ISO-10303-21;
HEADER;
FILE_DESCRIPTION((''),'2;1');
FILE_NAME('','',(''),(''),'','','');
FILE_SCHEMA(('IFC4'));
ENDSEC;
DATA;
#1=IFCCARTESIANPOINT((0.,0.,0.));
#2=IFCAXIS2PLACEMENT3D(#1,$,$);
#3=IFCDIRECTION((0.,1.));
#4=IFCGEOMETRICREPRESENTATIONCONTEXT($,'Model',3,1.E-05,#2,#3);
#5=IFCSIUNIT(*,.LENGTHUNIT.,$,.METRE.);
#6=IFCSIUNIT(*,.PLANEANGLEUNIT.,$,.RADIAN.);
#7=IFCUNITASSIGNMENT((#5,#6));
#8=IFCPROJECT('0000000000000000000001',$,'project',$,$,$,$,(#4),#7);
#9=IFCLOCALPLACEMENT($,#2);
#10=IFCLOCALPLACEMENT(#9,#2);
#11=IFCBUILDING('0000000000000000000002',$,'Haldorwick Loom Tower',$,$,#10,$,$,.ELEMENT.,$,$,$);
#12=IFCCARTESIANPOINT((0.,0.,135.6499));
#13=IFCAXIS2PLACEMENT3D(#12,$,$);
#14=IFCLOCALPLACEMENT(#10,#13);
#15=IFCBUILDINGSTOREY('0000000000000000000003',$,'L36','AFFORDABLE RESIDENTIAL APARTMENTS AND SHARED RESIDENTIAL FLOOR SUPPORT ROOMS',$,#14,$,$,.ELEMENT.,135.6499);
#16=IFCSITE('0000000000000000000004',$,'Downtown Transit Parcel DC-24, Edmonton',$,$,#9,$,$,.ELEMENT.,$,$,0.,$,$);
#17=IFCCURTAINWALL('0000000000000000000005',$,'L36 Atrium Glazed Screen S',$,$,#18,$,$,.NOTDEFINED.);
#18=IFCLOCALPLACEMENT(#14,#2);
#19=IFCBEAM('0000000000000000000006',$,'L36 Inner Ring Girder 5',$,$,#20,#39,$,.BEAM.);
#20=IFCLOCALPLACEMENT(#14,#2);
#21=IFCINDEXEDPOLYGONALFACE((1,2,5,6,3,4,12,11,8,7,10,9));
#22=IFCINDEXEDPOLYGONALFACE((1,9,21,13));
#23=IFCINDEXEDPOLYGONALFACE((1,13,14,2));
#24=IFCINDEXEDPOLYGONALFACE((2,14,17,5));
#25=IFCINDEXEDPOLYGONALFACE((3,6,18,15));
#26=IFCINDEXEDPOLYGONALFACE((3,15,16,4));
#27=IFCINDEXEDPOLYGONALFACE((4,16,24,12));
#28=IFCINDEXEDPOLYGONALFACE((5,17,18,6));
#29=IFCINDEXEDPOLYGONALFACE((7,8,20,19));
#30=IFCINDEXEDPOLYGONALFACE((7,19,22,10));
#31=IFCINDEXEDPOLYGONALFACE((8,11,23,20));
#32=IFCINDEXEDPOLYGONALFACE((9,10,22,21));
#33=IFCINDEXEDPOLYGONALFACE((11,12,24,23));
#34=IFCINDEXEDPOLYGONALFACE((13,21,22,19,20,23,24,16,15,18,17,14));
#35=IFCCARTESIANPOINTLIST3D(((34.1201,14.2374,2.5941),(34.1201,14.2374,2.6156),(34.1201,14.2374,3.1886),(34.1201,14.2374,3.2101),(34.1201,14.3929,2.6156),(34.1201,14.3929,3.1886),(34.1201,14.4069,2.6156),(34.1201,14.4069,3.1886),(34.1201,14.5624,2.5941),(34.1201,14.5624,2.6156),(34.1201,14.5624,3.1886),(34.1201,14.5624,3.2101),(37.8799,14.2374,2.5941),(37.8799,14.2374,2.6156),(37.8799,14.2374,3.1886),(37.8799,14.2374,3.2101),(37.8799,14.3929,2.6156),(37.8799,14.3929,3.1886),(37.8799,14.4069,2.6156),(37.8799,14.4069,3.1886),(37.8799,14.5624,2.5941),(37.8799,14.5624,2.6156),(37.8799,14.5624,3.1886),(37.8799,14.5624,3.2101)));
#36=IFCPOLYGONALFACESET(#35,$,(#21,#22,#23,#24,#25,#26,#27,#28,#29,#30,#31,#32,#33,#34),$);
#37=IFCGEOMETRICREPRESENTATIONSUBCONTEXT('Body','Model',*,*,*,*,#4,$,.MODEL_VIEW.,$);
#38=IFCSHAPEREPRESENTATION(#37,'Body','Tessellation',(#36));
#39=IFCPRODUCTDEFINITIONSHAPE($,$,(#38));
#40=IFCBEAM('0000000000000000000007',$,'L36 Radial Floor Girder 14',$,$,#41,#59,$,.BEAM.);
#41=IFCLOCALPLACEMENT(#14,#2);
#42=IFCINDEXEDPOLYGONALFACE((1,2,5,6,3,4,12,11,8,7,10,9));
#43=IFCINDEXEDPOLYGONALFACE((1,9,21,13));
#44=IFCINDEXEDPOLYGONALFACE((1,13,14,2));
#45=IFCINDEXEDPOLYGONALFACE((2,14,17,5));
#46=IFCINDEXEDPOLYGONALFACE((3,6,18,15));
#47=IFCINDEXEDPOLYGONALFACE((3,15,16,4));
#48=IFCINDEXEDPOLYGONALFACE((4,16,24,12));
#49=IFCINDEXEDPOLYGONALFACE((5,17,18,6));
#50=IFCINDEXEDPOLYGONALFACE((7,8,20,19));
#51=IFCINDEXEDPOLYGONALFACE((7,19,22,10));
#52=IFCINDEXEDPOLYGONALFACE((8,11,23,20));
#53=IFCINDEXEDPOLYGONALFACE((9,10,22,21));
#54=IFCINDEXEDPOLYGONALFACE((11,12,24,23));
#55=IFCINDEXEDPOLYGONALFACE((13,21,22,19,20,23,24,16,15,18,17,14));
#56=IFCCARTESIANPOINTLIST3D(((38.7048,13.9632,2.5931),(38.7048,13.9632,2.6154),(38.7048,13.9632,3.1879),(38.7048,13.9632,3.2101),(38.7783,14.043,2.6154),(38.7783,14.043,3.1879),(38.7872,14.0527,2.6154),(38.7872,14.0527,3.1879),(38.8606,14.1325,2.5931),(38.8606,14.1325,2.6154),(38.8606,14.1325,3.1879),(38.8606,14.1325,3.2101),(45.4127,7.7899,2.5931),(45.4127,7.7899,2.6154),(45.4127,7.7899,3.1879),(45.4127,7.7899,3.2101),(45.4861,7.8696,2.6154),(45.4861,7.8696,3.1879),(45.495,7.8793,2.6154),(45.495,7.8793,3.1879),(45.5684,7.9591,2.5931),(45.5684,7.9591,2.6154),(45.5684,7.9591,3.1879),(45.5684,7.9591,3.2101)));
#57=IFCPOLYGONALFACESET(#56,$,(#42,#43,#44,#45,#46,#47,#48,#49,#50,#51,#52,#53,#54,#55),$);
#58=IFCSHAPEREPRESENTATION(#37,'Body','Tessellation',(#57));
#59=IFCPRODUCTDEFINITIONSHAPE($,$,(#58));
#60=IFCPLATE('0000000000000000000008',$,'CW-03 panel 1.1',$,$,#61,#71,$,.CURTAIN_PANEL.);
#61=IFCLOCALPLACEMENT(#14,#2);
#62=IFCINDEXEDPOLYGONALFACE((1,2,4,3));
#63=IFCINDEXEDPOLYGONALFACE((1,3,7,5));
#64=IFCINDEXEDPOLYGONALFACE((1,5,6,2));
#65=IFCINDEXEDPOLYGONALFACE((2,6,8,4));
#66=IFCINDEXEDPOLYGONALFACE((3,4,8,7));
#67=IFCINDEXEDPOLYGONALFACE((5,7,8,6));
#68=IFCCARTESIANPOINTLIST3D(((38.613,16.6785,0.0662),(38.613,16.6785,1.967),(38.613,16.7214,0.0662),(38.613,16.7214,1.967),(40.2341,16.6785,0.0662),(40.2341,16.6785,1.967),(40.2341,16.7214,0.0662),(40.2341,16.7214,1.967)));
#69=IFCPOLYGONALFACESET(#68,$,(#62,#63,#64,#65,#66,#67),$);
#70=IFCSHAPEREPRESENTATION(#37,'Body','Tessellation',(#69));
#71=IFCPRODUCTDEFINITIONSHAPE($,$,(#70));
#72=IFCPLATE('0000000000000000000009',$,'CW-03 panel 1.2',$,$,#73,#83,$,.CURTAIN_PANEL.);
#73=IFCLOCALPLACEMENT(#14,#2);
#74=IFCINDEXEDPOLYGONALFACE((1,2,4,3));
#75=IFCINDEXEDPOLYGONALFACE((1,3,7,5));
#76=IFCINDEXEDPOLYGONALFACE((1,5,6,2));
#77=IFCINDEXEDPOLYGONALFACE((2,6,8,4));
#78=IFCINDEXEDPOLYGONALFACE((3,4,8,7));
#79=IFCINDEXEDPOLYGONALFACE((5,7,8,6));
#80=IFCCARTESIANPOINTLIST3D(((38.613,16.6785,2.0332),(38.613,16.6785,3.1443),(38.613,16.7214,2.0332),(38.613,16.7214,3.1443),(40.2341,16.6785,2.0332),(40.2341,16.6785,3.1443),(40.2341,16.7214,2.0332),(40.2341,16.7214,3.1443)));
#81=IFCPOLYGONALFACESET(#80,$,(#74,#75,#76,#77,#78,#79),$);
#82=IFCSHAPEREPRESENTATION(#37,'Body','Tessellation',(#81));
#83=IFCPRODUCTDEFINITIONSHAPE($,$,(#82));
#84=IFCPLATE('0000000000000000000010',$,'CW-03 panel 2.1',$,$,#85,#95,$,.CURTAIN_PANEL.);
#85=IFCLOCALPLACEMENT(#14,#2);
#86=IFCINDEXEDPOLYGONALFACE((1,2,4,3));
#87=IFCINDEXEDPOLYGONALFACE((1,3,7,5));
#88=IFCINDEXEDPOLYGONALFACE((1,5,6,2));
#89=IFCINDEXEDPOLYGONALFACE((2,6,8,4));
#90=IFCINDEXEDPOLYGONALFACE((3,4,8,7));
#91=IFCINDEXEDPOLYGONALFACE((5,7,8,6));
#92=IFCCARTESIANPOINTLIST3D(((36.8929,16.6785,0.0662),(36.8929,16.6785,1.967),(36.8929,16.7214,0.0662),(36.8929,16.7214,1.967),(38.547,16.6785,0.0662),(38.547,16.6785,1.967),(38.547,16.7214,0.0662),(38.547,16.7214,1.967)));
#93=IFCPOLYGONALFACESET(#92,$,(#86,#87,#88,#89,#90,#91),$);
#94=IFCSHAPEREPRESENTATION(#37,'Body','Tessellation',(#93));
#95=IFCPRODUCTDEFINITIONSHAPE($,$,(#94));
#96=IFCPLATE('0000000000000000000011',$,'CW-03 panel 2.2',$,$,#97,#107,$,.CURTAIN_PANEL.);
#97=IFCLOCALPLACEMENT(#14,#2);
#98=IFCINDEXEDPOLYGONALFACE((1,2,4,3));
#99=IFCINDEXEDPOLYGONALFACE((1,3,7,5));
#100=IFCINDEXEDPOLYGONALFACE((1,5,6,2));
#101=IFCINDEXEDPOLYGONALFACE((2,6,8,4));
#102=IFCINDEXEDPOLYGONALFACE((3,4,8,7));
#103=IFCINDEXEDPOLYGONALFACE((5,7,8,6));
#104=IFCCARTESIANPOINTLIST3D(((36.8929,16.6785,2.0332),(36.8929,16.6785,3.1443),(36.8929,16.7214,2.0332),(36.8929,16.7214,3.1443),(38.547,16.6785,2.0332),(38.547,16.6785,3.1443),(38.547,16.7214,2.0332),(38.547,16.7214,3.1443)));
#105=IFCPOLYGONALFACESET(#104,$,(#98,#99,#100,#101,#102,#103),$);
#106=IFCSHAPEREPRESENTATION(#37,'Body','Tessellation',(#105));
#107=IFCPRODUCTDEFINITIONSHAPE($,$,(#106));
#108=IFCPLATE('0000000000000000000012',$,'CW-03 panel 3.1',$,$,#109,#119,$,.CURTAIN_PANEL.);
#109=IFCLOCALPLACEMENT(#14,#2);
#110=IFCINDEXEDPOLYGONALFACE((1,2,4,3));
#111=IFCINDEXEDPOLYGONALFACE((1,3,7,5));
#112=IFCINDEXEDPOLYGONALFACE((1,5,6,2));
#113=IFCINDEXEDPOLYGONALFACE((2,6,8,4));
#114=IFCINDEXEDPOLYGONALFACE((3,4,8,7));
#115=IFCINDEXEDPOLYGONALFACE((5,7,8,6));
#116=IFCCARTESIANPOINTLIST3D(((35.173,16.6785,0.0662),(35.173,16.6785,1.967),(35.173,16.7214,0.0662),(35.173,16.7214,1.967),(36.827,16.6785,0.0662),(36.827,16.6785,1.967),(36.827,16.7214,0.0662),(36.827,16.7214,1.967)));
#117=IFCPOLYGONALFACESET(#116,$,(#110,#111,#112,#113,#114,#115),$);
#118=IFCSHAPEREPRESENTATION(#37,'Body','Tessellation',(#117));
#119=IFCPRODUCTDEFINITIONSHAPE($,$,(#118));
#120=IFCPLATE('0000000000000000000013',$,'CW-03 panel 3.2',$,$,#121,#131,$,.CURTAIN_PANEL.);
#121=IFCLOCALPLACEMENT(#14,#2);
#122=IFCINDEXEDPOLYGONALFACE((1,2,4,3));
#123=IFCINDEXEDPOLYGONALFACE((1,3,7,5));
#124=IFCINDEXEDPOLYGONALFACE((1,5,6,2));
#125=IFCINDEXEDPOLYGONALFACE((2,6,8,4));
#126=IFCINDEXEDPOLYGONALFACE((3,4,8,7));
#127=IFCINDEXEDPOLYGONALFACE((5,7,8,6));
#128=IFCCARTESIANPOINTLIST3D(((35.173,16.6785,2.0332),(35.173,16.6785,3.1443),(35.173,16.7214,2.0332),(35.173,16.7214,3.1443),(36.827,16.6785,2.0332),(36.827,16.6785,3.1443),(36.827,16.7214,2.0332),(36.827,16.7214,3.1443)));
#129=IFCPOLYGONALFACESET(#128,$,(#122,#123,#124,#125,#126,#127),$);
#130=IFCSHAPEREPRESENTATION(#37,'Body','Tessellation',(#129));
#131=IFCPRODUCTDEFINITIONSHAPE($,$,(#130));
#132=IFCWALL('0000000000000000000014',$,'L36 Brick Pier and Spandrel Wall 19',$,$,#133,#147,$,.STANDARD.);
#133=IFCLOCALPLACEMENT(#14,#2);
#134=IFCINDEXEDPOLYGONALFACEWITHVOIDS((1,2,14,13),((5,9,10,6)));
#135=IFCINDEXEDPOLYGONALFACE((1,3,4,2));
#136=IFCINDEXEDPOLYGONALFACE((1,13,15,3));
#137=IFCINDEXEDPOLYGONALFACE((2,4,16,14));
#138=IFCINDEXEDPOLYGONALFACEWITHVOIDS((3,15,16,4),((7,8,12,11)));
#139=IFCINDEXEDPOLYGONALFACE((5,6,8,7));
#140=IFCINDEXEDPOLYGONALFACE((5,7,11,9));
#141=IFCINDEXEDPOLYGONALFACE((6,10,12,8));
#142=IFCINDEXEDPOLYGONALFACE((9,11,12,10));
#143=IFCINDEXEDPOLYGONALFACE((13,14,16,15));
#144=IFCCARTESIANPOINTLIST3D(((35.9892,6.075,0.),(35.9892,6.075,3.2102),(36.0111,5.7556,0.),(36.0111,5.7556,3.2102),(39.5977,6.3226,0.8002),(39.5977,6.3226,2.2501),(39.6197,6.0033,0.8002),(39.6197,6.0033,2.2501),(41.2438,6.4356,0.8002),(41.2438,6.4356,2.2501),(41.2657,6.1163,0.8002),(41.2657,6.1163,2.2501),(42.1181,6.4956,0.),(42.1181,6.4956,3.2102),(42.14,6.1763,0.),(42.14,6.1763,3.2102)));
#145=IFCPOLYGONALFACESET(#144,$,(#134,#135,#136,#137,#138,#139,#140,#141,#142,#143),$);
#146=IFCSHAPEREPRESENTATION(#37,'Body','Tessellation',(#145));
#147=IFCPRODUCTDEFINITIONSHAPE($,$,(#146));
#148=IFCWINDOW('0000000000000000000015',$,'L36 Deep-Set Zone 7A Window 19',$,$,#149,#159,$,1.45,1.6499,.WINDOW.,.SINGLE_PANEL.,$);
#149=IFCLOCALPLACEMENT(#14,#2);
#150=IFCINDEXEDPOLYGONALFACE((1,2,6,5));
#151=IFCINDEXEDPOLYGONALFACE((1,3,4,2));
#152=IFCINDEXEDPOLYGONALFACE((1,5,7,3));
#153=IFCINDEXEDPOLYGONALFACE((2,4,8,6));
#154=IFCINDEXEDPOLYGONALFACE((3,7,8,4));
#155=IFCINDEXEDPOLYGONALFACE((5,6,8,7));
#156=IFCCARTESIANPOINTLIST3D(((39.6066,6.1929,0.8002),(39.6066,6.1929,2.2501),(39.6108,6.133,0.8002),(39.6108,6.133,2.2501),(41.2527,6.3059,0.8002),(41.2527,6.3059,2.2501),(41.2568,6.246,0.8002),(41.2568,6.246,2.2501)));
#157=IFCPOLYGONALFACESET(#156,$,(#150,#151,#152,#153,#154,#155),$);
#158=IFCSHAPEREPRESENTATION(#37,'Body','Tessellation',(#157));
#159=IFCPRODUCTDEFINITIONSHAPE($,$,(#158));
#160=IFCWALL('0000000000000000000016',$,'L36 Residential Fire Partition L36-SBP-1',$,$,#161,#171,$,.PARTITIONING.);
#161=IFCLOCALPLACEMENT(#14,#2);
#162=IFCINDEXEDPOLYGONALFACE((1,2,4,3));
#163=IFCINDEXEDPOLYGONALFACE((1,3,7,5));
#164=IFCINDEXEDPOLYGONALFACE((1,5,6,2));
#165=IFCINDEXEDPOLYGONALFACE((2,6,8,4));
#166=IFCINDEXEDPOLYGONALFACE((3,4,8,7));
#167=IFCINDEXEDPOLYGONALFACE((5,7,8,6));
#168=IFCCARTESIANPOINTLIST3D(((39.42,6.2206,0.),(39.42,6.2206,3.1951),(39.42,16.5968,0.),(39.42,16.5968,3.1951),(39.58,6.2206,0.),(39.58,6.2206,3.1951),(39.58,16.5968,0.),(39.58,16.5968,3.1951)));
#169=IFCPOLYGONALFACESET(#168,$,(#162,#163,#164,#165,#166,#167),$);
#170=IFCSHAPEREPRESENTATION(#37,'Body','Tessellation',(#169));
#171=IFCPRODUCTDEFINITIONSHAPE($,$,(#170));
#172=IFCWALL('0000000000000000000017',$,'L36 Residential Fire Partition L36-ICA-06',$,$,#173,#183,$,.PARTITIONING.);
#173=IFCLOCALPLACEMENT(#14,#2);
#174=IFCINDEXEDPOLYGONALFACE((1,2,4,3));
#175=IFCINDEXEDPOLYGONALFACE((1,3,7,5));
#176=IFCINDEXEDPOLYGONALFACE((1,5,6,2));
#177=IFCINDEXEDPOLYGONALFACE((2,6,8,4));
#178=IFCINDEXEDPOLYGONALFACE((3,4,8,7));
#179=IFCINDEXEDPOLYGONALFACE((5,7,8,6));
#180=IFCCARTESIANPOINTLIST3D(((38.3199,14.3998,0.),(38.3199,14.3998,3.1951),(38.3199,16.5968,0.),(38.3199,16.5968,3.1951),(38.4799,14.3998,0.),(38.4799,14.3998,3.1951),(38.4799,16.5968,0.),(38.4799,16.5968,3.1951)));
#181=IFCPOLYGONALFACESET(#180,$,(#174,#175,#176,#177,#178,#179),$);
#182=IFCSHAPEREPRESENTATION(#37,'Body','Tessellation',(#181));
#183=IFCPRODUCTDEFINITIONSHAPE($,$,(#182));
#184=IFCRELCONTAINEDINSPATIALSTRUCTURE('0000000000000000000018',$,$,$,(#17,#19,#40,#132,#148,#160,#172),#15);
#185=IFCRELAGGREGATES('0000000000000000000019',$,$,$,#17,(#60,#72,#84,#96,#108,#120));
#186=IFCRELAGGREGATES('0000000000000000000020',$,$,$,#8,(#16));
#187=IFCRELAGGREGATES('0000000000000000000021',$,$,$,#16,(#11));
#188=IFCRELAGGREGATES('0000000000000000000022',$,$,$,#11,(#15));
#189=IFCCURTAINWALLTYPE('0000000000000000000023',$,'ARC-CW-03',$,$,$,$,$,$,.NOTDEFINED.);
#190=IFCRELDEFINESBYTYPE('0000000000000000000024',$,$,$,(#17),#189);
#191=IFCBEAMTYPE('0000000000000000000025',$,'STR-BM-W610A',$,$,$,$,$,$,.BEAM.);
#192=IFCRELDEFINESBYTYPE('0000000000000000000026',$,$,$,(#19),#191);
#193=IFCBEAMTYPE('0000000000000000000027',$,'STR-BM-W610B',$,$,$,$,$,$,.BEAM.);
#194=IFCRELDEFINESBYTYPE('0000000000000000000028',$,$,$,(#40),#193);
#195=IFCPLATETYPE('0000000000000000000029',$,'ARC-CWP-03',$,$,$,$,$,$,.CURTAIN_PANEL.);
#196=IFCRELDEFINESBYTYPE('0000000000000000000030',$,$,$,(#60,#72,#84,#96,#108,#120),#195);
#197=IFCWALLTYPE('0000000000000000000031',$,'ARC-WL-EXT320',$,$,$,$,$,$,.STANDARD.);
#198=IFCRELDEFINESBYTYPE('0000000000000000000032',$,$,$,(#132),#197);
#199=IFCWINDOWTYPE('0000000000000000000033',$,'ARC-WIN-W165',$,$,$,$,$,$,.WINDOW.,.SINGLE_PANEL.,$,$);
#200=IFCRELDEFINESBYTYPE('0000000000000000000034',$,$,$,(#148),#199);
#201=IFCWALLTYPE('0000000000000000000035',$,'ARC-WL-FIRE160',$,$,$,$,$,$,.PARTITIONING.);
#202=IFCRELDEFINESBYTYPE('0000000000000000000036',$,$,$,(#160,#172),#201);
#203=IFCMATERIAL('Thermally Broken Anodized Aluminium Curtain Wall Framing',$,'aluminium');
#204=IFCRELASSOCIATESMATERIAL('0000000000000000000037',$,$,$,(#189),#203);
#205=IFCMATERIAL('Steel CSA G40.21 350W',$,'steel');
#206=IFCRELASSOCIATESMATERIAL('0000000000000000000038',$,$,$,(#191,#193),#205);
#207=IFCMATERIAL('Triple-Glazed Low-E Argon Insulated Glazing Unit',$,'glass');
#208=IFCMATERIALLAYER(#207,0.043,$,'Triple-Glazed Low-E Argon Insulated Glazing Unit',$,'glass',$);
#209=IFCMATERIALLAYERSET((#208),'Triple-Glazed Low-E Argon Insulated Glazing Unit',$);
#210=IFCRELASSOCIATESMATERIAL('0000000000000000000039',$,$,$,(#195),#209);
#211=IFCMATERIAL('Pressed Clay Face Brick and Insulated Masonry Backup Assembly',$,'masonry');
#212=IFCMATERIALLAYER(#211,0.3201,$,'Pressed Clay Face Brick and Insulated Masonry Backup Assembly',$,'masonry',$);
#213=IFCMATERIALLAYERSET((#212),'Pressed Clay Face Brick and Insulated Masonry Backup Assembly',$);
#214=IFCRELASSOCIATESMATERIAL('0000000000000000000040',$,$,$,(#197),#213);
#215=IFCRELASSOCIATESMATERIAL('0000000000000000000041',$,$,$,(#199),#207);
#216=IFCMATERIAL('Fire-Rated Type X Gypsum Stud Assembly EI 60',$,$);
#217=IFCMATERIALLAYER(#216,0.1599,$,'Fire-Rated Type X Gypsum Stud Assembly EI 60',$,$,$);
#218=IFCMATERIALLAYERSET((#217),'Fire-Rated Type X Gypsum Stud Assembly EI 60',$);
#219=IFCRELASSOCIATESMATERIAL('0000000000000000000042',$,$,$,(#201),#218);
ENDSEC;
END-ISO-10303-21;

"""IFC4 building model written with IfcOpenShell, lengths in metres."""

from ifc_helpers import new_model, si_unit, direction, frame, frame_2d, origin, origin_2d, place, context, subcontext, project, spatial, rectangle, i_section, extrude, material, layer, layer_set, material_profile, profile_set, type_object, element, fill, aggregate, save


model = new_model("IFC4")

# Units and contexts
model_context = context("Model", 3, precision=1e-05, world=origin(), true_north=direction((0.0, 1.0)))
body_context = subcontext(model_context, "Body", "Model", "MODEL_VIEW")
ifc_project = project(units=[si_unit("LENGTHUNIT", "METRE"), si_unit("PLANEANGLEUNIT", "RADIAN")], contexts=[model_context])

# Site, building, storey
site_placement = place(None, origin())
site = spatial("IfcSite", under=ifc_project, at=site_placement, Name="Downtown Transit Parcel DC-24, Edmonton", CompositionType="ELEMENT", RefElevation=0.0)
building_placement = place(site_placement, origin())
building = spatial("IfcBuilding", under=site, at=building_placement, Name="Haldorwick Loom Tower", CompositionType="ELEMENT")
storey_placement = place(building_placement, frame((0.0, 0.0, 135.6499)))
storey = spatial("IfcBuildingStorey", under=building, at=storey_placement, Name="L36", Description="AFFORDABLE RESIDENTIAL APARTMENTS AND SHARED RESIDENTIAL FLOOR SUPPORT ROOMS", CompositionType="ELEMENT", Elevation=135.6499)

# Curtain wall
ifc_material_1 = material(Name="Thermally Broken Anodized Aluminium Curtain Wall Framing", Category="aluminium")
curtain_wall_type = type_object("IfcCurtainWallType", Name="ARC-CW-03", PredefinedType="NOTDEFINED", material=ifc_material_1)
curtain_wall_placement = place(storey_placement, origin())
curtain_wall = element("IfcCurtainWall", 1, at=curtain_wall_placement, inside=storey, type_object=curtain_wall_type, Name="L36 Atrium Glazed Screen S", PredefinedType="NOTDEFINED")

# Beams
ifc_material_2 = material(Name="Steel CSA G40.21 350W", Category="steel")
ifc_material_profile_1 = material_profile(ifc_material_2, i_section(OverallWidth=0.325, OverallDepth=0.616, WebThickness=0.0139, FlangeThickness=0.0215, at=origin_2d()), Name="W610X174", Category="steel")
ifc_profile_set_1 = profile_set([ifc_material_profile_1], Name="Steel CSA G40.21 350W")
beam_type_1 = type_object("IfcBeamType", Name="STR-BM-W610A", PredefinedType="BEAM", material=ifc_profile_set_1)
beam_1_placement = place(storey_placement, frame((37.8799, 14.3999, 2.9021), z_axis=(-1.0, 0.0, 0.0), x_axis=(0.0, -1.0, 0.0)))
element("IfcBeam", 2, at=beam_1_placement, inside=storey, type_object=beam_type_1, Name="L36 Inner Ring Girder 5", PredefinedType="BEAM", context=body_context, shape_type="SweptSolid", body=[
    extrude(i_section(OverallWidth=0.325, OverallDepth=0.616, WebThickness=0.0139, FlangeThickness=0.0215, at=origin_2d()), origin(), (0.0, 0.0, 1.0), 3.7598),
])
ifc_material_profile_2 = material_profile(ifc_material_2, i_section(OverallWidth=0.23, OverallDepth=0.6169, WebThickness=0.0132, FlangeThickness=0.0222, at=origin_2d()), Name="W610X140", Category="steel")
ifc_profile_set_2 = profile_set([ifc_material_profile_2], Name="Steel CSA G40.21 350W")
beam_type_2 = type_object("IfcBeamType", Name="STR-BM-W610B", PredefinedType="BEAM", material=ifc_profile_set_2)
beam_2_placement = place(storey_placement, frame((38.7827, 14.0479, 2.9016), z_axis=(0.735811, -0.677187, 0.0), x_axis=(0.677187, 0.735811, 0.0)))
element("IfcBeam", 3, at=beam_2_placement, inside=storey, type_object=beam_type_2, Name="L36 Radial Floor Girder 14", PredefinedType="BEAM", context=body_context, shape_type="SweptSolid", body=[
    extrude(i_section(OverallWidth=0.23, OverallDepth=0.6169, WebThickness=0.0132, FlangeThickness=0.0222, at=origin_2d()), origin(), (0.0, 0.0, 1.0), 9.1162),
])

# Plates
ifc_material_3 = material(Name="Triple-Glazed Low-E Argon Insulated Glazing Unit", Category="glass")
ifc_layer_1 = layer(ifc_material_3, 0.043, Name="Triple-Glazed Low-E Argon Insulated Glazing Unit", Category="glass")
ifc_layer_set_1 = layer_set([ifc_layer_1], Name="Triple-Glazed Low-E Argon Insulated Glazing Unit")
plate_type = type_object("IfcPlateType", Name="ARC-CWP-03", PredefinedType="CURTAIN_PANEL", material=ifc_layer_set_1)
plate_1_placement = place(storey_placement, frame((39.4236, 16.7, 0.0662), z_axis=(0.0, 0.0, 1.0), x_axis=(-1.0, 0.0, 0.0)))
plate_1 = element("IfcPlate", 4, at=plate_1_placement, type_object=plate_type, Name="CW-03 panel 1.1", PredefinedType="CURTAIN_PANEL", context=body_context, shape_type="SweptSolid", body=[
    extrude(rectangle(XDim=1.6211, YDim=0.043, at=origin_2d()), origin(), (0.0, 0.0, 1.0), 1.9009),
])
plate_2_placement = place(storey_placement, frame((39.4236, 16.7, 2.0332), z_axis=(0.0, 0.0, 1.0), x_axis=(-1.0, 0.0, 0.0)))
plate_2 = element("IfcPlate", 5, at=plate_2_placement, type_object=plate_type, Name="CW-03 panel 1.2", PredefinedType="CURTAIN_PANEL", context=body_context, shape_type="SweptSolid", body=[
    extrude(rectangle(XDim=1.6211, YDim=0.043, at=origin_2d()), origin(), (0.0, 0.0, 1.0), 1.1111),
])
plate_3_placement = place(storey_placement, frame((37.72, 16.7, 0.0662), z_axis=(0.0, 0.0, 1.0), x_axis=(-1.0, 0.0, 0.0)))
plate_3 = element("IfcPlate", 6, at=plate_3_placement, type_object=plate_type, Name="CW-03 panel 2.1", PredefinedType="CURTAIN_PANEL", context=body_context, shape_type="SweptSolid", body=[
    extrude(rectangle(XDim=1.6541, YDim=0.043, at=origin_2d()), origin(), (0.0, 0.0, 1.0), 1.9009),
])
plate_4_placement = place(storey_placement, frame((37.72, 16.7, 2.0332), z_axis=(0.0, 0.0, 1.0), x_axis=(-1.0, 0.0, 0.0)))
plate_4 = element("IfcPlate", 7, at=plate_4_placement, type_object=plate_type, Name="CW-03 panel 2.2", PredefinedType="CURTAIN_PANEL", context=body_context, shape_type="SweptSolid", body=[
    extrude(rectangle(XDim=1.6541, YDim=0.043, at=origin_2d()), origin(), (0.0, 0.0, 1.0), 1.1111),
])
plate_5_placement = place(storey_placement, frame((36.0, 16.7, 0.0662), z_axis=(0.0, 0.0, 1.0), x_axis=(-1.0, 0.0, 0.0)))
plate_5 = element("IfcPlate", 8, at=plate_5_placement, type_object=plate_type, Name="CW-03 panel 3.1", PredefinedType="CURTAIN_PANEL", context=body_context, shape_type="SweptSolid", body=[
    extrude(rectangle(XDim=1.6541, YDim=0.043, at=origin_2d()), origin(), (0.0, 0.0, 1.0), 1.9009),
])
plate_6_placement = place(storey_placement, frame((36.0, 16.7, 2.0332), z_axis=(0.0, 0.0, 1.0), x_axis=(-1.0, 0.0, 0.0)))
plate_6 = element("IfcPlate", 9, at=plate_6_placement, type_object=plate_type, Name="CW-03 panel 3.2", PredefinedType="CURTAIN_PANEL", context=body_context, shape_type="SweptSolid", body=[
    extrude(rectangle(XDim=1.6541, YDim=0.043, at=origin_2d()), origin(), (0.0, 0.0, 1.0), 1.1111),
])
aggregate(curtain_wall, [plate_1, plate_2, plate_3, plate_4, plate_5, plate_6])

# Wall, opening, window
ifc_material_4 = material(Name="Pressed Clay Face Brick and Insulated Masonry Backup Assembly", Category="masonry")
ifc_layer_2 = layer(ifc_material_4, 0.3201, Name="Pressed Clay Face Brick and Insulated Masonry Backup Assembly", Category="masonry")
ifc_layer_set_2 = layer_set([ifc_layer_2], Name="Pressed Clay Face Brick and Insulated Masonry Backup Assembly")
wall_type_1 = type_object("IfcWallType", Name="ARC-WL-EXT320", PredefinedType="STANDARD", material=ifc_layer_set_2)
wall_1_placement = place(storey_placement, frame((36.0, 5.9153, 0.0), z_axis=(0.0, 0.0, 1.0), x_axis=(0.997653, 0.068473, 0.0)))
wall_1 = element("IfcWall", 10, at=wall_1_placement, inside=storey, type_object=wall_type_1, Name="L36 Brick Pier and Spandrel Wall 19", PredefinedType="STANDARD", context=body_context, shape_type="SweptSolid", body=[
    extrude(rectangle(XDim=6.1433, YDim=0.3201, at=frame_2d((3.0718, 0.0))), origin(), (0.0, 0.0, 1.0), 3.2102),
])
opening_placement = place(wall_1_placement, frame((3.6172, 0.0, 0.8)))
opening = element("IfcOpeningElement", 11, at=opening_placement, cuts=wall_1, PredefinedType="OPENING", context=body_context, shape_type="SweptSolid", body=[
    extrude(rectangle(XDim=1.6499, YDim=1.45, at=frame_2d((0.825, 0.7251))), frame((0.0, 0.1699, 0.0), z_axis=(0.0, -1.0, 0.0), x_axis=(1.0, 0.0, 0.0)), (0.0, 0.0, 1.0), 0.3401),
])
window_type = type_object("IfcWindowType", Name="ARC-WIN-W165", PartitioningType="SINGLE_PANEL", PredefinedType="WINDOW", material=ifc_material_3)
window_placement = place(opening_placement, origin())
window = element("IfcWindow", 12, at=window_placement, inside=storey, type_object=window_type, Name="L36 Deep-Set Zone 7A Window 19", OverallHeight=1.45, OverallWidth=1.6499, PartitioningType="SINGLE_PANEL", PredefinedType="WINDOW", context=body_context, shape_type="SweptSolid", body=[
    extrude(rectangle(XDim=1.6499, YDim=1.45, at=frame_2d((0.825, 0.7251))), frame((0.0, 0.03, 0.0), z_axis=(0.0, -1.0, 0.0), x_axis=(1.0, 0.0, 0.0)), (0.0, 0.0, 1.0), 0.0601),
])
fill(opening, window)

# Walls
ifc_material_5 = material(Name="Fire-Rated Type X Gypsum Stud Assembly EI 60")
ifc_layer_3 = layer(ifc_material_5, 0.1599, Name="Fire-Rated Type X Gypsum Stud Assembly EI 60")
ifc_layer_set_3 = layer_set([ifc_layer_3], Name="Fire-Rated Type X Gypsum Stud Assembly EI 60")
wall_type_2 = type_object("IfcWallType", Name="ARC-WL-FIRE160", PredefinedType="PARTITIONING", material=ifc_layer_set_3)
wall_2_placement = place(storey_placement, frame((39.5, 6.2207, 0.0), z_axis=(0.0, 0.0, 1.0), x_axis=(0.0, 1.0, 0.0)))
element("IfcWall", 13, at=wall_2_placement, inside=storey, type_object=wall_type_2, Name="L36 Residential Fire Partition L36-SBP-1", PredefinedType="PARTITIONING", context=body_context, shape_type="SweptSolid", body=[
    extrude(rectangle(XDim=10.3762, YDim=0.1599, at=frame_2d((5.188, 0.0))), origin(), (0.0, 0.0, 1.0), 3.1951),
])
wall_3_placement = place(storey_placement, frame((38.3999, 16.5969, 0.0), z_axis=(0.0, 0.0, 1.0), x_axis=(0.0, -1.0, 0.0)))
element("IfcWall", 14, at=wall_3_placement, inside=storey, type_object=wall_type_2, Name="L36 Residential Fire Partition L36-ICA-06", PredefinedType="PARTITIONING", context=body_context, shape_type="SweptSolid", body=[
    extrude(rectangle(XDim=2.197, YDim=0.1599, at=frame_2d((1.0986, 0.0))), origin(), (0.0, 0.0, 1.0), 3.1951),
])

save(model, "model.ifc")
